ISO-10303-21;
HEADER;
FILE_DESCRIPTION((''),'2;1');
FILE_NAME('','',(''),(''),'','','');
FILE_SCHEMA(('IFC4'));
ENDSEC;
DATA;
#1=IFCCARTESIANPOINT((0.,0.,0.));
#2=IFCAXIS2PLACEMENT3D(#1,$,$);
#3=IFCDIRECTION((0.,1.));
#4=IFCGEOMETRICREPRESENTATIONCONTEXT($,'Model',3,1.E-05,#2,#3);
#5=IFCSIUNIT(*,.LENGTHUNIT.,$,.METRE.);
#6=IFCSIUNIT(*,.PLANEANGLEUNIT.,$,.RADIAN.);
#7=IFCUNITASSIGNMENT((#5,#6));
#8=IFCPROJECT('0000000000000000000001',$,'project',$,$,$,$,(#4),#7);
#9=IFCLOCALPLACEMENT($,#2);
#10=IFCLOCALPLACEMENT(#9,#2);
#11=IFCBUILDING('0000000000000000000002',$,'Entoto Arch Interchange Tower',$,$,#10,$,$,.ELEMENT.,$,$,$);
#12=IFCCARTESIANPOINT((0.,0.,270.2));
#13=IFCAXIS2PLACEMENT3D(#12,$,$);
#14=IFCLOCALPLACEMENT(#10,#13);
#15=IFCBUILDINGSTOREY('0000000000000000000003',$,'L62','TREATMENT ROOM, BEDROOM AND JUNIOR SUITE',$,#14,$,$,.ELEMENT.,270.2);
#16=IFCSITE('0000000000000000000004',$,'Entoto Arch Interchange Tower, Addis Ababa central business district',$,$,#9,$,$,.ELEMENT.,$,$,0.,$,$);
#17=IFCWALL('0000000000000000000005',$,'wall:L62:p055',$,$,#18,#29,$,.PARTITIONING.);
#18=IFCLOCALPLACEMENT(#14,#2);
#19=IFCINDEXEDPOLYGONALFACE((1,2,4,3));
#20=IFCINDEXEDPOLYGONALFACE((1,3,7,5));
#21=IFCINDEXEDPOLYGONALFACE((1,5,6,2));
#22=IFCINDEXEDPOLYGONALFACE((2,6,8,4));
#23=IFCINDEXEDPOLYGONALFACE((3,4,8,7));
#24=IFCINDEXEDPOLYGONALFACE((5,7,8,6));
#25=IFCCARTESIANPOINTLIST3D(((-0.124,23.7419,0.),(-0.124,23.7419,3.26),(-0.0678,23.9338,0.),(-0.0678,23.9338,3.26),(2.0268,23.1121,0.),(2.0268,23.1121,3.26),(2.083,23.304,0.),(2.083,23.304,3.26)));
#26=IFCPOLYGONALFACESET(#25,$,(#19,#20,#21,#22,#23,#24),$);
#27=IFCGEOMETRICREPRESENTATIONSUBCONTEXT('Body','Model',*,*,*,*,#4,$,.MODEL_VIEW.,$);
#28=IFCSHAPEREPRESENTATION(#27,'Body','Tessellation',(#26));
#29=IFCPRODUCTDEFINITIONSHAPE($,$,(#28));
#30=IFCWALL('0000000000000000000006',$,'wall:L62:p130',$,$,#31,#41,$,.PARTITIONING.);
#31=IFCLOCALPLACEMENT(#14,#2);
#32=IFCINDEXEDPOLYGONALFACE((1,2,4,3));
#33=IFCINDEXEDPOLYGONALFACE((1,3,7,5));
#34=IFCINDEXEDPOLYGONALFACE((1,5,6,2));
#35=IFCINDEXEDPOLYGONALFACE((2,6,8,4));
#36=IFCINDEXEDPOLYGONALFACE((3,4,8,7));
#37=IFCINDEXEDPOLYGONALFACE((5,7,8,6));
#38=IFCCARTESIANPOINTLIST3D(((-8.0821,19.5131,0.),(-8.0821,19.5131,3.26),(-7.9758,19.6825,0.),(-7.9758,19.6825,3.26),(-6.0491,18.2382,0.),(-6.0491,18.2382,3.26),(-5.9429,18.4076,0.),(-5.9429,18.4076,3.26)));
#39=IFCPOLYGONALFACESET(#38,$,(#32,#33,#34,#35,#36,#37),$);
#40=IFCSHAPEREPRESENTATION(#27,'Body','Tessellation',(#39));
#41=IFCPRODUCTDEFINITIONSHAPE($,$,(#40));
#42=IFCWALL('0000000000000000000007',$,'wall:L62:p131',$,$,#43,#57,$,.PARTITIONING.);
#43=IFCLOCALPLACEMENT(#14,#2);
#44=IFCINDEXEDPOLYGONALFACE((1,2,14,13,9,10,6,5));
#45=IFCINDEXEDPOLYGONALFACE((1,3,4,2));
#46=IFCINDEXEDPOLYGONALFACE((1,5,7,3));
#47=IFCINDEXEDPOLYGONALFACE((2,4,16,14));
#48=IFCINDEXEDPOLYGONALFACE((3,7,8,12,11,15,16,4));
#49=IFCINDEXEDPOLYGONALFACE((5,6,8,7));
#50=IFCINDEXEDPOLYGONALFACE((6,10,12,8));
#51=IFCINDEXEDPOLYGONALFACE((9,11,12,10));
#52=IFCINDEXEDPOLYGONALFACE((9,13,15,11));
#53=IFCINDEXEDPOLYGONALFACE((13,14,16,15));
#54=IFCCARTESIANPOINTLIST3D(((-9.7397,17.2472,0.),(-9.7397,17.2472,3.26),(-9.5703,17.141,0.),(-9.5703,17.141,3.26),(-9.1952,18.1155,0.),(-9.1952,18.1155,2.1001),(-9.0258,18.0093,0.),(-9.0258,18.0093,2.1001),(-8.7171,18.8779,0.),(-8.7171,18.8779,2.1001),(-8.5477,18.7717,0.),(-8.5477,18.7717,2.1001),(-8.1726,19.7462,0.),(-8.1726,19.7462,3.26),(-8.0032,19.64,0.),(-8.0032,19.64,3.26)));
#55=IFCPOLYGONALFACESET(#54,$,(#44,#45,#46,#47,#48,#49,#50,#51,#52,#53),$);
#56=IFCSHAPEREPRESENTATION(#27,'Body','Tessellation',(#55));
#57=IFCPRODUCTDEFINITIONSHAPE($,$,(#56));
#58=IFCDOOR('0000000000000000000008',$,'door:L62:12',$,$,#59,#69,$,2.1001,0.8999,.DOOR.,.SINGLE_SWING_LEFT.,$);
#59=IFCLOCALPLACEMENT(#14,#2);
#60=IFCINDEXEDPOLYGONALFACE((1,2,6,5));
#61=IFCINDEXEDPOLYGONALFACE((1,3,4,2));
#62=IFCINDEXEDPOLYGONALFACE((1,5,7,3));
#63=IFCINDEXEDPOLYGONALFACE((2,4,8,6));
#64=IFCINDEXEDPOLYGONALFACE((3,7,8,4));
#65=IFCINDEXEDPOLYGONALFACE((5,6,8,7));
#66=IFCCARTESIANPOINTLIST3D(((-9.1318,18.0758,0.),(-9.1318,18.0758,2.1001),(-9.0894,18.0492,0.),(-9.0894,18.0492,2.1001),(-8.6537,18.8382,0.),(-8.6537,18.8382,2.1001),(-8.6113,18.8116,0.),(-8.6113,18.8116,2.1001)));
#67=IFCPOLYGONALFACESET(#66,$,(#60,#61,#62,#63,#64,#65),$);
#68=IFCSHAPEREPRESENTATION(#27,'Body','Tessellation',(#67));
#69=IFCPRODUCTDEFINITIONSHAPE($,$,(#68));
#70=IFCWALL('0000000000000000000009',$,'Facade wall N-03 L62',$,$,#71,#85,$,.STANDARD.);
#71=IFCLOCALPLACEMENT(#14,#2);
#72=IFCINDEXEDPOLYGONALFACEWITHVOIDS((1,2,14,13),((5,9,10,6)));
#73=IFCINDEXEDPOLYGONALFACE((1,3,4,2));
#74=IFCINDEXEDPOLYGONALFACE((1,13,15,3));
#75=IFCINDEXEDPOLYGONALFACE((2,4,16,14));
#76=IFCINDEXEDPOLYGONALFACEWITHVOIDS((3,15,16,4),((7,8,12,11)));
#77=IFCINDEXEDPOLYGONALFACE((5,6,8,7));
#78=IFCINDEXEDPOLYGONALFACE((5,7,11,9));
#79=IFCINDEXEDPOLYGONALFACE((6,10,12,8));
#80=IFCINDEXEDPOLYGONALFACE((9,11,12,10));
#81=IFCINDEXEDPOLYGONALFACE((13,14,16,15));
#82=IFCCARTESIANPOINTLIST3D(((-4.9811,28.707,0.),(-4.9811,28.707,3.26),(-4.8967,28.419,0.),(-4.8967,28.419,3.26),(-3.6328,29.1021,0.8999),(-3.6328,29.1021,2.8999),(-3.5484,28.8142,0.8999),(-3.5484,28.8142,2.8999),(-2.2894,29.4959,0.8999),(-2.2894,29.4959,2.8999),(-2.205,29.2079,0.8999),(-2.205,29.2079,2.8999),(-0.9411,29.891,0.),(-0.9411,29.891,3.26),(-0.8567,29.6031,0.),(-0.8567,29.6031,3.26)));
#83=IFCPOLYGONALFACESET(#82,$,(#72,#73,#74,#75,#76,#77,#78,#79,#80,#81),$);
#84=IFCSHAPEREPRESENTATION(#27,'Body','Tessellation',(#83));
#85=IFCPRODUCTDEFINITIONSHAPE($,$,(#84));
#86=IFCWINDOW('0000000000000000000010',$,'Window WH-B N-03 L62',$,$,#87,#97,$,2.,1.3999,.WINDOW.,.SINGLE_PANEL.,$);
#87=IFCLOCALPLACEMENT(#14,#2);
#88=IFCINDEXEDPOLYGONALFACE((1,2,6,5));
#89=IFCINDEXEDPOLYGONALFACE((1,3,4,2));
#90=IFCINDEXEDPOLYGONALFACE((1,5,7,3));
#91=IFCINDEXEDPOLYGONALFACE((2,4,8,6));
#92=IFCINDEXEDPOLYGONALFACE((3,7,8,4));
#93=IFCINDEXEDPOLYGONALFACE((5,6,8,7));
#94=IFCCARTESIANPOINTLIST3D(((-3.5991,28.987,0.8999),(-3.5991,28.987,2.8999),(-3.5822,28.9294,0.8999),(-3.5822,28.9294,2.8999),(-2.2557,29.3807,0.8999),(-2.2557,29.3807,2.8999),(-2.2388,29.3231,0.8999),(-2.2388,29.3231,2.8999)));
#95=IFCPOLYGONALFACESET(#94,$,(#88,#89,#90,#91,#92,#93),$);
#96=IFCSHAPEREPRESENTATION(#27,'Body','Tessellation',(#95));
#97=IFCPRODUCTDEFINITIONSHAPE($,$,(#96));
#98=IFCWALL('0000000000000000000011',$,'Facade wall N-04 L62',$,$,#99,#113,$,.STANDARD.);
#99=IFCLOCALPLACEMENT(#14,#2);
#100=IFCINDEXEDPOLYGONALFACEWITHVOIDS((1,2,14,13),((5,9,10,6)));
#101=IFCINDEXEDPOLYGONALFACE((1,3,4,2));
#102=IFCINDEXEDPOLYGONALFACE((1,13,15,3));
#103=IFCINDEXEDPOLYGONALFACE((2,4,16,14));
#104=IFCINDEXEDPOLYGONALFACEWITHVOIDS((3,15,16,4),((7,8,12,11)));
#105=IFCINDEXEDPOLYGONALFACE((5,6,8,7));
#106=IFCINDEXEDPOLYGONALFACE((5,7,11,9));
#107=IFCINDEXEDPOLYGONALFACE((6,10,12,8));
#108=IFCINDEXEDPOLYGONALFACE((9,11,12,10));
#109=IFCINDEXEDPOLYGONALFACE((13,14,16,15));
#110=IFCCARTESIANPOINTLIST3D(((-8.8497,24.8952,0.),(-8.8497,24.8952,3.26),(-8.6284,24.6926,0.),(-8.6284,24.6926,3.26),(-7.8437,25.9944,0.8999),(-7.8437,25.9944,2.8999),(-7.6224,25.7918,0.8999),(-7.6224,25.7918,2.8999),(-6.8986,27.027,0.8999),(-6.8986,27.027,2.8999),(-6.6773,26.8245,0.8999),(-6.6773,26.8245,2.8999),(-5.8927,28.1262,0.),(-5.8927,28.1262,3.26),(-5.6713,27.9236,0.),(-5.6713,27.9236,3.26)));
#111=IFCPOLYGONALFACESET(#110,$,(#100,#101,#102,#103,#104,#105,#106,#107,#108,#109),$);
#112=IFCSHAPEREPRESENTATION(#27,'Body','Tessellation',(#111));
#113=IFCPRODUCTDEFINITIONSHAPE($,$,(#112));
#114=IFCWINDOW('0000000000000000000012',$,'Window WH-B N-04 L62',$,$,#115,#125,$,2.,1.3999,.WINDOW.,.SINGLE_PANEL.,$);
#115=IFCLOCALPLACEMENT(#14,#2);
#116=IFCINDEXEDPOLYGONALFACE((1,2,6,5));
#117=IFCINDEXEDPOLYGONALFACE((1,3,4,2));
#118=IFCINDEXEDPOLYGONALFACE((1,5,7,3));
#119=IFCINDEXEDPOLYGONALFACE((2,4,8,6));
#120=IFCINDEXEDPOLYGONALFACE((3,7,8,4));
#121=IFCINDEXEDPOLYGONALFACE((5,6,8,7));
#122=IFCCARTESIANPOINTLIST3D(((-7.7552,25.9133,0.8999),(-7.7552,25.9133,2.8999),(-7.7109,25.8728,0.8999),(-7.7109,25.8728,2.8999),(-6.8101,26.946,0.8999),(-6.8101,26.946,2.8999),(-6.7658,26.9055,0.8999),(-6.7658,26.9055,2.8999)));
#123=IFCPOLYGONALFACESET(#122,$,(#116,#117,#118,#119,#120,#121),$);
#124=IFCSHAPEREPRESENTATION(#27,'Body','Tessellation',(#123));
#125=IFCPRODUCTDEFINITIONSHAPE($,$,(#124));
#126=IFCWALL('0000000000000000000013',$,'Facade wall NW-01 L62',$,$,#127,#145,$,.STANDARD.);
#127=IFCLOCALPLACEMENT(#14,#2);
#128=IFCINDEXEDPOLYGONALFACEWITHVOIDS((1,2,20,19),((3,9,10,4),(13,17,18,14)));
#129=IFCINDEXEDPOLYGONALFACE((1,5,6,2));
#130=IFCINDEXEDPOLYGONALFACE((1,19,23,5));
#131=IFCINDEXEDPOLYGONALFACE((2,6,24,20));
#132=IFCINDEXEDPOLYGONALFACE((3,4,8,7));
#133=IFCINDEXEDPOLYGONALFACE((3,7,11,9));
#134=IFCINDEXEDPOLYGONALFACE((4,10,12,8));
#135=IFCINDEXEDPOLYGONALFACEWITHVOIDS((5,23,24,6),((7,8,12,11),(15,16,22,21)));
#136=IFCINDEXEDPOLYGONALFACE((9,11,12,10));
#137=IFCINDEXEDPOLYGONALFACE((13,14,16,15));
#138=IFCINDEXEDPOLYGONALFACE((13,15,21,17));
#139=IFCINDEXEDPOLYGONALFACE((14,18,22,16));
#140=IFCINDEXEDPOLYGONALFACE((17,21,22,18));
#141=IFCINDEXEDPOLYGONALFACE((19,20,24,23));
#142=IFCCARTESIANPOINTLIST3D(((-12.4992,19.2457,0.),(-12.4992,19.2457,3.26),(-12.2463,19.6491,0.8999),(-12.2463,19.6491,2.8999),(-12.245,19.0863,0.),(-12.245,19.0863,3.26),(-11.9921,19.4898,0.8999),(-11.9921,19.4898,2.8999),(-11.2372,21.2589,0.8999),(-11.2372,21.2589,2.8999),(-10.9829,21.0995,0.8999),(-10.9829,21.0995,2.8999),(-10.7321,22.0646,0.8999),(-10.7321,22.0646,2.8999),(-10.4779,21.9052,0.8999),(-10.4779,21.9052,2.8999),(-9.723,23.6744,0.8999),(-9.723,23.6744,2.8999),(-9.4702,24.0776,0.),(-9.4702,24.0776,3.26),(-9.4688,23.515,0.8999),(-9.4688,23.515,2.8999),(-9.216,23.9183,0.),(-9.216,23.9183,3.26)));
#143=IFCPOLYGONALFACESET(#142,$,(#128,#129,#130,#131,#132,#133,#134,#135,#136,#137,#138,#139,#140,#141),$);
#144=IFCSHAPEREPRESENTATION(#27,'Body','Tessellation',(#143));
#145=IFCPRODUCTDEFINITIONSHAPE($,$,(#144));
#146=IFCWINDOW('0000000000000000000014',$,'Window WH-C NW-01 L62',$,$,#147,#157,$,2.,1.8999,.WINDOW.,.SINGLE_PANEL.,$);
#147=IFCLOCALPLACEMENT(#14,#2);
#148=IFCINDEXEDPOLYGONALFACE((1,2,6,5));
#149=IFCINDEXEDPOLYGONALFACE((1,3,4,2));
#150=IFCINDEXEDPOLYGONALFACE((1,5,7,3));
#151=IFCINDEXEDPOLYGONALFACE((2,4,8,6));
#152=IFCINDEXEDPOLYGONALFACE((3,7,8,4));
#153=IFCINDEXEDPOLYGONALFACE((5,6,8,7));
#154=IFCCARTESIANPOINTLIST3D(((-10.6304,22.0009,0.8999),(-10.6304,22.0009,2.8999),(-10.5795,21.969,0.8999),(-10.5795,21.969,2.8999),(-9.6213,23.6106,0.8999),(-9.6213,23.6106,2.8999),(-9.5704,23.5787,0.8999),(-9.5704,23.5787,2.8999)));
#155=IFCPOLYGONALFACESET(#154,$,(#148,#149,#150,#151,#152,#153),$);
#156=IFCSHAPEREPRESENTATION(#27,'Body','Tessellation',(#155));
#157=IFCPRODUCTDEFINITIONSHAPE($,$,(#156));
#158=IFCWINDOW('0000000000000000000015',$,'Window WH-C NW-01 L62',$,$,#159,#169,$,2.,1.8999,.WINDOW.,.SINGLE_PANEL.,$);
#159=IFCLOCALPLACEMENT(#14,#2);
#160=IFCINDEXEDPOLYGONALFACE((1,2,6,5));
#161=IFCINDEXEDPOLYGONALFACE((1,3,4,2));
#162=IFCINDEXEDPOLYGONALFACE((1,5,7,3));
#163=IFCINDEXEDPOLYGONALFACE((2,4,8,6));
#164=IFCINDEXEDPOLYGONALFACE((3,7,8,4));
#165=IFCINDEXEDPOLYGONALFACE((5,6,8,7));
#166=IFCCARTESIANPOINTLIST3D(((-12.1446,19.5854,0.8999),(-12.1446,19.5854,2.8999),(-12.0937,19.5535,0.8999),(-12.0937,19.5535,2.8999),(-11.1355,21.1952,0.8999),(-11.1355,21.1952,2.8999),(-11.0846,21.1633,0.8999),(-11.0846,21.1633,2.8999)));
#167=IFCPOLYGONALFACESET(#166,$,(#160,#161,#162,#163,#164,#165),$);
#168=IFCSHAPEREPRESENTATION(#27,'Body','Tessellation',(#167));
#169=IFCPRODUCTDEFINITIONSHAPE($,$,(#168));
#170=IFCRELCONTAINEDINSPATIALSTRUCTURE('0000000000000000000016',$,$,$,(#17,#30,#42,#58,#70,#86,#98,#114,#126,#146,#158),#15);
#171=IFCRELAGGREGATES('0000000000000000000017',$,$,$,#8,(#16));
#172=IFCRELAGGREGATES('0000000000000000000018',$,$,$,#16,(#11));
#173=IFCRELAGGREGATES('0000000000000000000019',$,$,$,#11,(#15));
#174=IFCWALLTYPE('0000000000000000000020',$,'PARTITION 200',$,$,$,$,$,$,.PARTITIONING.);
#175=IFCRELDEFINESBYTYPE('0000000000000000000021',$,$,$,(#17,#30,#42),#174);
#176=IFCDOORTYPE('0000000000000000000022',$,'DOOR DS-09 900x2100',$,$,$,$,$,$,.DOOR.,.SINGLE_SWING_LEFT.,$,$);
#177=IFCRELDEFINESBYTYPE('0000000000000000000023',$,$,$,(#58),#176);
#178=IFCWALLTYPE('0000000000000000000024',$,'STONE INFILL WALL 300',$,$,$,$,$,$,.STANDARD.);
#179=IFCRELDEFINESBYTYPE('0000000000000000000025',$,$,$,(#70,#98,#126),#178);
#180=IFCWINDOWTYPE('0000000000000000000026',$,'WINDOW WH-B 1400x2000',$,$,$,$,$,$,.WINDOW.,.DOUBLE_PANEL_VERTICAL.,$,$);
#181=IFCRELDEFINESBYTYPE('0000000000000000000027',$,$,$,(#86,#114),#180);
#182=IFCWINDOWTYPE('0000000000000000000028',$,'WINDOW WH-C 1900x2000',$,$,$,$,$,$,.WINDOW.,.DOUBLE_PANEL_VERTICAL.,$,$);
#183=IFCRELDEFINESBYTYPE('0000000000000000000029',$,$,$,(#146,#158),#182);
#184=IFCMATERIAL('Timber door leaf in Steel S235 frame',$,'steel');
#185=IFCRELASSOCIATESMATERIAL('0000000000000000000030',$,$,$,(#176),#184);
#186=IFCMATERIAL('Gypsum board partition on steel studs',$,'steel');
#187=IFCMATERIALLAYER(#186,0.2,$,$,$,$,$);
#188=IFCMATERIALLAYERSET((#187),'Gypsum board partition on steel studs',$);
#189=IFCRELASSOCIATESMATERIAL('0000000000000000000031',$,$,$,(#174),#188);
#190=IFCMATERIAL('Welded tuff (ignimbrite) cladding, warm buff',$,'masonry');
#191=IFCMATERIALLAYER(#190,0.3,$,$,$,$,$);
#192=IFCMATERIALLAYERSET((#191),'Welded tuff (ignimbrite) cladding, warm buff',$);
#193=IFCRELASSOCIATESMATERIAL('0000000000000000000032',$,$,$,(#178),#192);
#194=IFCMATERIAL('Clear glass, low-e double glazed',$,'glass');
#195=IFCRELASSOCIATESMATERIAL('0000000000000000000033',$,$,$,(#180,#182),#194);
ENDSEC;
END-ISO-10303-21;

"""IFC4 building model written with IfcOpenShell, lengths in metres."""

from ifc_helpers import new_model, si_unit, direction, frame, frame_2d, origin, place, context, subcontext, project, spatial, rectangle, extrude, material, layer, layer_set, type_object, element, fill, save


model = new_model("IFC4")

# Units and contexts
model_context = context("Model", 3, precision=1e-05, world=origin(), true_north=direction((0.0, 1.0)))
body_context = subcontext(model_context, "Body", "Model", "MODEL_VIEW")
ifc_project = project(units=[si_unit("LENGTHUNIT", "METRE"), si_unit("PLANEANGLEUNIT", "RADIAN")], contexts=[model_context])

# Site, building, storey
site_placement = place(None, origin())
site = spatial("IfcSite", under=ifc_project, at=site_placement, Name="Entoto Arch Interchange Tower, Addis Ababa central business district", CompositionType="ELEMENT", RefElevation=0.0)
building_placement = place(site_placement, origin())
building = spatial("IfcBuilding", under=site, at=building_placement, Name="Entoto Arch Interchange Tower", CompositionType="ELEMENT")
storey_placement = place(building_placement, frame((0.0, 0.0, 270.2)))
storey = spatial("IfcBuildingStorey", under=building, at=storey_placement, Name="L62", Description="TREATMENT ROOM, BEDROOM AND JUNIOR SUITE", CompositionType="ELEMENT", Elevation=270.2)

# Shared definitions
ifc_material_1 = material(Name="Gypsum board partition on steel studs", Category="steel")
ifc_material_2 = material(Name="Timber door leaf in Steel S235 frame", Category="steel")
door_type_1 = type_object("IfcDoorType", Name="DOOR DS-09 900x2100", OperationType="SINGLE_SWING_LEFT", PredefinedType="DOOR", material=ifc_material_2)

# Shared definitions
ifc_layer_1 = layer(ifc_material_1, 0.2)
ifc_layer_set_1 = layer_set([ifc_layer_1], Name="Gypsum board partition on steel studs")
wall_type_1 = type_object("IfcWallType", Name="PARTITION 200", PredefinedType="PARTITIONING", material=ifc_layer_set_1)

# Walls
wall_1_placement = place(storey_placement, frame((-0.0959, 23.8379, 0.0), z_axis=(0.0, 0.0, 1.0), x_axis=(0.959694, -0.281046, 0.0)))
element("IfcWall", 1, at=wall_1_placement, inside=storey, type_object=wall_type_1, Name="wall:L62:p055", PredefinedType="PARTITIONING", context=body_context, shape_type="SweptSolid", body=[
    extrude(rectangle(XDim=2.2412, YDim=0.2, at=frame_2d((1.1206, 0.0))), origin(), (0.0, 0.0, 1.0), 3.26),
])
wall_2_placement = place(storey_placement, frame((-5.9961, 18.323, 0.0), z_axis=(0.0, 0.0, 1.0), x_axis=(-0.847191, 0.531288, 0.0)))
element("IfcWall", 2, at=wall_2_placement, inside=storey, type_object=wall_type_1, Name="wall:L62:p130", PredefinedType="PARTITIONING", context=body_context, shape_type="SweptSolid", body=[
    extrude(rectangle(XDim=2.3997, YDim=0.2, at=frame_2d((1.1997, 0.0))), origin(), (0.0, 0.0, 1.0), 3.26),
])

# Wall, opening, door
wall_3_placement = place(storey_placement, frame((-8.0879, 19.6931, 0.0), z_axis=(0.0, 0.0, 1.0), x_axis=(-0.531278, -0.847198, 0.0)))
wall_3 = element("IfcWall", 3, at=wall_3_placement, inside=storey, type_object=wall_type_1, Name="wall:L62:p131", PredefinedType="PARTITIONING", context=body_context, shape_type="SweptSolid", body=[
    extrude(rectangle(XDim=2.9497, YDim=0.2, at=frame_2d((1.4749, 0.0))), origin(), (0.0, 0.0, 1.0), 3.26),
])
opening_1_placement = place(wall_3_placement, frame((1.0249, 0.0, 0.0)))
opening_1 = element("IfcOpeningElement", 4, at=opening_1_placement, cuts=wall_3, PredefinedType="OPENING", context=body_context, shape_type="SweptSolid", body=[
    extrude(rectangle(XDim=0.8999, YDim=2.1001, at=frame_2d((0.45, 1.05))), frame((0.0, 0.1099, 0.0), z_axis=(0.0, -1.0, 0.0), x_axis=(1.0, 0.0, 0.0)), (0.0, 0.0, 1.0), 0.22),
])
door_1_placement = place(opening_1_placement, origin())
door_1 = element("IfcDoor", 5, at=door_1_placement, inside=storey, type_object=door_type_1, Name="door:L62:12", OperationType="SINGLE_SWING_LEFT", OverallHeight=2.1001, OverallWidth=0.8999, PredefinedType="DOOR", context=body_context, shape_type="SweptSolid", body=[
    extrude(rectangle(XDim=0.8999, YDim=2.1001, at=frame_2d((0.45, 1.05))), frame((0.0, 0.0249, 0.0), z_axis=(0.0, -1.0, 0.0), x_axis=(1.0, 0.0, 0.0)), (0.0, 0.0, 1.0), 0.05),
])
fill(opening_1, door_1)

# Walls, openings, windows
ifc_material_3 = material(Name="Welded tuff (ignimbrite) cladding, warm buff", Category="masonry")
ifc_layer_2 = layer(ifc_material_3, 0.3)
ifc_layer_set_2 = layer_set([ifc_layer_2], Name="Welded tuff (ignimbrite) cladding, warm buff")
wall_type_2 = type_object("IfcWallType", Name="STONE INFILL WALL 300", PredefinedType="STANDARD", material=ifc_layer_set_2)
wall_4_placement = place(storey_placement, frame((-0.8989, 29.7471, 0.0), z_axis=(0.0, 0.0, 1.0), x_axis=(-0.959633, -0.281256, 0.0)))
wall_4 = element("IfcWall", 6, at=wall_4_placement, inside=storey, type_object=wall_type_2, Name="Facade wall N-03 L62", PredefinedType="STANDARD", context=body_context, shape_type="SweptSolid", body=[
    extrude(rectangle(XDim=4.21, YDim=0.3, at=frame_2d((2.105, 0.0))), origin(), (0.0, 0.0, 1.0), 3.26),
])
opening_2_placement = place(wall_4_placement, frame((1.405, 0.0, 0.8999)))
opening_2 = element("IfcOpeningElement", 7, at=opening_2_placement, cuts=wall_4, PredefinedType="OPENING", context=body_context, shape_type="SweptSolid", body=[
    extrude(rectangle(XDim=1.3999, YDim=2.0, at=frame_2d((0.7, 1.0))), frame((0.0, 0.1602, 0.0), z_axis=(0.0, -1.0, 0.0), x_axis=(1.0, 0.0, 0.0)), (0.0, 0.0, 1.0), 0.3201),
])
ifc_material_4 = material(Name="Clear glass, low-e double glazed", Category="glass")
window_type_1 = type_object("IfcWindowType", Name="WINDOW WH-B 1400x2000", PartitioningType="DOUBLE_PANEL_VERTICAL", PredefinedType="WINDOW", material=ifc_material_4)
window_1_placement = place(opening_2_placement, origin())
window_1 = element("IfcWindow", 8, at=window_1_placement, inside=storey, type_object=window_type_1, Name="Window WH-B N-03 L62", OverallHeight=2.0, OverallWidth=1.3999, PartitioningType="SINGLE_PANEL", PredefinedType="WINDOW", context=body_context, shape_type="SweptSolid", body=[
    extrude(rectangle(XDim=1.3999, YDim=2.0, at=frame_2d((0.7, 1.0))), frame((0.0, 0.03, 0.0), z_axis=(0.0, -1.0, 0.0), x_axis=(1.0, 0.0, 0.0)), (0.0, 0.0, 1.0), 0.0601),
])
fill(opening_2, window_1)
wall_5_placement = place(storey_placement, frame((-5.782, 28.0249, 0.0), z_axis=(0.0, 0.0, 1.0), x_axis=(-0.675144, -0.737686, 0.0)))
wall_5 = element("IfcWall", 9, at=wall_5_placement, inside=storey, type_object=wall_type_2, Name="Facade wall N-04 L62", PredefinedType="STANDARD", context=body_context, shape_type="SweptSolid", body=[
    extrude(rectangle(XDim=4.3799, YDim=0.3, at=frame_2d((2.1899, 0.0))), origin(), (0.0, 0.0, 1.0), 3.26),
])
opening_3_placement = place(wall_5_placement, frame((1.49, 0.0, 0.8999)))
opening_3 = element("IfcOpeningElement", 10, at=opening_3_placement, cuts=wall_5, PredefinedType="OPENING", context=body_context, shape_type="SweptSolid", body=[
    extrude(rectangle(XDim=1.3999, YDim=2.0, at=frame_2d((0.7, 1.0))), frame((0.0, 0.1602, 0.0), z_axis=(0.0, -1.0, 0.0), x_axis=(1.0, 0.0, 0.0)), (0.0, 0.0, 1.0), 0.3201),
])
window_2_placement = place(opening_3_placement, origin())
window_2 = element("IfcWindow", 11, at=window_2_placement, inside=storey, type_object=window_type_1, Name="Window WH-B N-04 L62", OverallHeight=2.0, OverallWidth=1.3999, PartitioningType="SINGLE_PANEL", PredefinedType="WINDOW", context=body_context, shape_type="SweptSolid", body=[
    extrude(rectangle(XDim=1.3999, YDim=2.0, at=frame_2d((0.7, 1.0))), frame((0.0, 0.03, 0.0), z_axis=(0.0, -1.0, 0.0), x_axis=(1.0, 0.0, 0.0)), (0.0, 0.0, 1.0), 0.0601),
])
fill(opening_3, window_2)

# Wall, openings, windows
wall_6_placement = place(storey_placement, frame((-9.343, 23.998, 0.0), z_axis=(0.0, 0.0, 1.0), x_axis=(-0.531137, -0.847286, 0.0)))
wall_6 = element("IfcWall", 12, at=wall_6_placement, inside=storey, type_object=wall_type_2, Name="Facade wall NW-01 L62", PredefinedType="STANDARD", context=body_context, shape_type="SweptSolid", body=[
    extrude(rectangle(XDim=5.7029, YDim=0.3, at=frame_2d((2.8516, 0.0))), origin(), (0.0, 0.0, 1.0), 3.26),
])
opening_4_placement = place(wall_6_placement, frame((0.4761, 0.0, 0.8999)))
opening_4 = element("IfcOpeningElement", 13, at=opening_4_placement, cuts=wall_6, PredefinedType="OPENING", context=body_context, shape_type="SweptSolid", body=[
    extrude(rectangle(XDim=1.8999, YDim=2.0, at=frame_2d((0.95, 1.0))), frame((0.0, 0.1602, 0.0), z_axis=(0.0, -1.0, 0.0), x_axis=(1.0, 0.0, 0.0)), (0.0, 0.0, 1.0), 0.3201),
])
opening_5_placement = place(wall_6_placement, frame((3.3269, 0.0, 0.8999)))
opening_5 = element("IfcOpeningElement", 14, at=opening_5_placement, cuts=wall_6, PredefinedType="OPENING", context=body_context, shape_type="SweptSolid", body=[
    extrude(rectangle(XDim=1.8999, YDim=2.0, at=frame_2d((0.95, 1.0))), frame((0.0, 0.1602, 0.0), z_axis=(0.0, -1.0, 0.0), x_axis=(1.0, 0.0, 0.0)), (0.0, 0.0, 1.0), 0.3201),
])
window_type_2 = type_object("IfcWindowType", Name="WINDOW WH-C 1900x2000", PartitioningType="DOUBLE_PANEL_VERTICAL", PredefinedType="WINDOW", material=ifc_material_4)
window_3_placement = place(opening_4_placement, origin())
window_3 = element("IfcWindow", 15, at=window_3_placement, inside=storey, type_object=window_type_2, Name="Window WH-C NW-01 L62", OverallHeight=2.0, OverallWidth=1.8999, PartitioningType="SINGLE_PANEL", PredefinedType="WINDOW", context=body_context, shape_type="SweptSolid", body=[
    extrude(rectangle(XDim=1.8999, YDim=2.0, at=frame_2d((0.95, 1.0))), frame((0.0, 0.03, 0.0), z_axis=(0.0, -1.0, 0.0), x_axis=(1.0, 0.0, 0.0)), (0.0, 0.0, 1.0), 0.0601),
])
fill(opening_4, window_3)
window_4_placement = place(opening_5_placement, origin())
window_4 = element("IfcWindow", 16, at=window_4_placement, inside=storey, type_object=window_type_2, Name="Window WH-C NW-01 L62", OverallHeight=2.0, OverallWidth=1.8999, PartitioningType="SINGLE_PANEL", PredefinedType="WINDOW", context=body_context, shape_type="SweptSolid", body=[
    extrude(rectangle(XDim=1.8999, YDim=2.0, at=frame_2d((0.95, 1.0))), frame((0.0, 0.03, 0.0), z_axis=(0.0, -1.0, 0.0), x_axis=(1.0, 0.0, 0.0)), (0.0, 0.0, 1.0), 0.0601),
])
fill(opening_5, window_4)

save(model, "model.ifc")
